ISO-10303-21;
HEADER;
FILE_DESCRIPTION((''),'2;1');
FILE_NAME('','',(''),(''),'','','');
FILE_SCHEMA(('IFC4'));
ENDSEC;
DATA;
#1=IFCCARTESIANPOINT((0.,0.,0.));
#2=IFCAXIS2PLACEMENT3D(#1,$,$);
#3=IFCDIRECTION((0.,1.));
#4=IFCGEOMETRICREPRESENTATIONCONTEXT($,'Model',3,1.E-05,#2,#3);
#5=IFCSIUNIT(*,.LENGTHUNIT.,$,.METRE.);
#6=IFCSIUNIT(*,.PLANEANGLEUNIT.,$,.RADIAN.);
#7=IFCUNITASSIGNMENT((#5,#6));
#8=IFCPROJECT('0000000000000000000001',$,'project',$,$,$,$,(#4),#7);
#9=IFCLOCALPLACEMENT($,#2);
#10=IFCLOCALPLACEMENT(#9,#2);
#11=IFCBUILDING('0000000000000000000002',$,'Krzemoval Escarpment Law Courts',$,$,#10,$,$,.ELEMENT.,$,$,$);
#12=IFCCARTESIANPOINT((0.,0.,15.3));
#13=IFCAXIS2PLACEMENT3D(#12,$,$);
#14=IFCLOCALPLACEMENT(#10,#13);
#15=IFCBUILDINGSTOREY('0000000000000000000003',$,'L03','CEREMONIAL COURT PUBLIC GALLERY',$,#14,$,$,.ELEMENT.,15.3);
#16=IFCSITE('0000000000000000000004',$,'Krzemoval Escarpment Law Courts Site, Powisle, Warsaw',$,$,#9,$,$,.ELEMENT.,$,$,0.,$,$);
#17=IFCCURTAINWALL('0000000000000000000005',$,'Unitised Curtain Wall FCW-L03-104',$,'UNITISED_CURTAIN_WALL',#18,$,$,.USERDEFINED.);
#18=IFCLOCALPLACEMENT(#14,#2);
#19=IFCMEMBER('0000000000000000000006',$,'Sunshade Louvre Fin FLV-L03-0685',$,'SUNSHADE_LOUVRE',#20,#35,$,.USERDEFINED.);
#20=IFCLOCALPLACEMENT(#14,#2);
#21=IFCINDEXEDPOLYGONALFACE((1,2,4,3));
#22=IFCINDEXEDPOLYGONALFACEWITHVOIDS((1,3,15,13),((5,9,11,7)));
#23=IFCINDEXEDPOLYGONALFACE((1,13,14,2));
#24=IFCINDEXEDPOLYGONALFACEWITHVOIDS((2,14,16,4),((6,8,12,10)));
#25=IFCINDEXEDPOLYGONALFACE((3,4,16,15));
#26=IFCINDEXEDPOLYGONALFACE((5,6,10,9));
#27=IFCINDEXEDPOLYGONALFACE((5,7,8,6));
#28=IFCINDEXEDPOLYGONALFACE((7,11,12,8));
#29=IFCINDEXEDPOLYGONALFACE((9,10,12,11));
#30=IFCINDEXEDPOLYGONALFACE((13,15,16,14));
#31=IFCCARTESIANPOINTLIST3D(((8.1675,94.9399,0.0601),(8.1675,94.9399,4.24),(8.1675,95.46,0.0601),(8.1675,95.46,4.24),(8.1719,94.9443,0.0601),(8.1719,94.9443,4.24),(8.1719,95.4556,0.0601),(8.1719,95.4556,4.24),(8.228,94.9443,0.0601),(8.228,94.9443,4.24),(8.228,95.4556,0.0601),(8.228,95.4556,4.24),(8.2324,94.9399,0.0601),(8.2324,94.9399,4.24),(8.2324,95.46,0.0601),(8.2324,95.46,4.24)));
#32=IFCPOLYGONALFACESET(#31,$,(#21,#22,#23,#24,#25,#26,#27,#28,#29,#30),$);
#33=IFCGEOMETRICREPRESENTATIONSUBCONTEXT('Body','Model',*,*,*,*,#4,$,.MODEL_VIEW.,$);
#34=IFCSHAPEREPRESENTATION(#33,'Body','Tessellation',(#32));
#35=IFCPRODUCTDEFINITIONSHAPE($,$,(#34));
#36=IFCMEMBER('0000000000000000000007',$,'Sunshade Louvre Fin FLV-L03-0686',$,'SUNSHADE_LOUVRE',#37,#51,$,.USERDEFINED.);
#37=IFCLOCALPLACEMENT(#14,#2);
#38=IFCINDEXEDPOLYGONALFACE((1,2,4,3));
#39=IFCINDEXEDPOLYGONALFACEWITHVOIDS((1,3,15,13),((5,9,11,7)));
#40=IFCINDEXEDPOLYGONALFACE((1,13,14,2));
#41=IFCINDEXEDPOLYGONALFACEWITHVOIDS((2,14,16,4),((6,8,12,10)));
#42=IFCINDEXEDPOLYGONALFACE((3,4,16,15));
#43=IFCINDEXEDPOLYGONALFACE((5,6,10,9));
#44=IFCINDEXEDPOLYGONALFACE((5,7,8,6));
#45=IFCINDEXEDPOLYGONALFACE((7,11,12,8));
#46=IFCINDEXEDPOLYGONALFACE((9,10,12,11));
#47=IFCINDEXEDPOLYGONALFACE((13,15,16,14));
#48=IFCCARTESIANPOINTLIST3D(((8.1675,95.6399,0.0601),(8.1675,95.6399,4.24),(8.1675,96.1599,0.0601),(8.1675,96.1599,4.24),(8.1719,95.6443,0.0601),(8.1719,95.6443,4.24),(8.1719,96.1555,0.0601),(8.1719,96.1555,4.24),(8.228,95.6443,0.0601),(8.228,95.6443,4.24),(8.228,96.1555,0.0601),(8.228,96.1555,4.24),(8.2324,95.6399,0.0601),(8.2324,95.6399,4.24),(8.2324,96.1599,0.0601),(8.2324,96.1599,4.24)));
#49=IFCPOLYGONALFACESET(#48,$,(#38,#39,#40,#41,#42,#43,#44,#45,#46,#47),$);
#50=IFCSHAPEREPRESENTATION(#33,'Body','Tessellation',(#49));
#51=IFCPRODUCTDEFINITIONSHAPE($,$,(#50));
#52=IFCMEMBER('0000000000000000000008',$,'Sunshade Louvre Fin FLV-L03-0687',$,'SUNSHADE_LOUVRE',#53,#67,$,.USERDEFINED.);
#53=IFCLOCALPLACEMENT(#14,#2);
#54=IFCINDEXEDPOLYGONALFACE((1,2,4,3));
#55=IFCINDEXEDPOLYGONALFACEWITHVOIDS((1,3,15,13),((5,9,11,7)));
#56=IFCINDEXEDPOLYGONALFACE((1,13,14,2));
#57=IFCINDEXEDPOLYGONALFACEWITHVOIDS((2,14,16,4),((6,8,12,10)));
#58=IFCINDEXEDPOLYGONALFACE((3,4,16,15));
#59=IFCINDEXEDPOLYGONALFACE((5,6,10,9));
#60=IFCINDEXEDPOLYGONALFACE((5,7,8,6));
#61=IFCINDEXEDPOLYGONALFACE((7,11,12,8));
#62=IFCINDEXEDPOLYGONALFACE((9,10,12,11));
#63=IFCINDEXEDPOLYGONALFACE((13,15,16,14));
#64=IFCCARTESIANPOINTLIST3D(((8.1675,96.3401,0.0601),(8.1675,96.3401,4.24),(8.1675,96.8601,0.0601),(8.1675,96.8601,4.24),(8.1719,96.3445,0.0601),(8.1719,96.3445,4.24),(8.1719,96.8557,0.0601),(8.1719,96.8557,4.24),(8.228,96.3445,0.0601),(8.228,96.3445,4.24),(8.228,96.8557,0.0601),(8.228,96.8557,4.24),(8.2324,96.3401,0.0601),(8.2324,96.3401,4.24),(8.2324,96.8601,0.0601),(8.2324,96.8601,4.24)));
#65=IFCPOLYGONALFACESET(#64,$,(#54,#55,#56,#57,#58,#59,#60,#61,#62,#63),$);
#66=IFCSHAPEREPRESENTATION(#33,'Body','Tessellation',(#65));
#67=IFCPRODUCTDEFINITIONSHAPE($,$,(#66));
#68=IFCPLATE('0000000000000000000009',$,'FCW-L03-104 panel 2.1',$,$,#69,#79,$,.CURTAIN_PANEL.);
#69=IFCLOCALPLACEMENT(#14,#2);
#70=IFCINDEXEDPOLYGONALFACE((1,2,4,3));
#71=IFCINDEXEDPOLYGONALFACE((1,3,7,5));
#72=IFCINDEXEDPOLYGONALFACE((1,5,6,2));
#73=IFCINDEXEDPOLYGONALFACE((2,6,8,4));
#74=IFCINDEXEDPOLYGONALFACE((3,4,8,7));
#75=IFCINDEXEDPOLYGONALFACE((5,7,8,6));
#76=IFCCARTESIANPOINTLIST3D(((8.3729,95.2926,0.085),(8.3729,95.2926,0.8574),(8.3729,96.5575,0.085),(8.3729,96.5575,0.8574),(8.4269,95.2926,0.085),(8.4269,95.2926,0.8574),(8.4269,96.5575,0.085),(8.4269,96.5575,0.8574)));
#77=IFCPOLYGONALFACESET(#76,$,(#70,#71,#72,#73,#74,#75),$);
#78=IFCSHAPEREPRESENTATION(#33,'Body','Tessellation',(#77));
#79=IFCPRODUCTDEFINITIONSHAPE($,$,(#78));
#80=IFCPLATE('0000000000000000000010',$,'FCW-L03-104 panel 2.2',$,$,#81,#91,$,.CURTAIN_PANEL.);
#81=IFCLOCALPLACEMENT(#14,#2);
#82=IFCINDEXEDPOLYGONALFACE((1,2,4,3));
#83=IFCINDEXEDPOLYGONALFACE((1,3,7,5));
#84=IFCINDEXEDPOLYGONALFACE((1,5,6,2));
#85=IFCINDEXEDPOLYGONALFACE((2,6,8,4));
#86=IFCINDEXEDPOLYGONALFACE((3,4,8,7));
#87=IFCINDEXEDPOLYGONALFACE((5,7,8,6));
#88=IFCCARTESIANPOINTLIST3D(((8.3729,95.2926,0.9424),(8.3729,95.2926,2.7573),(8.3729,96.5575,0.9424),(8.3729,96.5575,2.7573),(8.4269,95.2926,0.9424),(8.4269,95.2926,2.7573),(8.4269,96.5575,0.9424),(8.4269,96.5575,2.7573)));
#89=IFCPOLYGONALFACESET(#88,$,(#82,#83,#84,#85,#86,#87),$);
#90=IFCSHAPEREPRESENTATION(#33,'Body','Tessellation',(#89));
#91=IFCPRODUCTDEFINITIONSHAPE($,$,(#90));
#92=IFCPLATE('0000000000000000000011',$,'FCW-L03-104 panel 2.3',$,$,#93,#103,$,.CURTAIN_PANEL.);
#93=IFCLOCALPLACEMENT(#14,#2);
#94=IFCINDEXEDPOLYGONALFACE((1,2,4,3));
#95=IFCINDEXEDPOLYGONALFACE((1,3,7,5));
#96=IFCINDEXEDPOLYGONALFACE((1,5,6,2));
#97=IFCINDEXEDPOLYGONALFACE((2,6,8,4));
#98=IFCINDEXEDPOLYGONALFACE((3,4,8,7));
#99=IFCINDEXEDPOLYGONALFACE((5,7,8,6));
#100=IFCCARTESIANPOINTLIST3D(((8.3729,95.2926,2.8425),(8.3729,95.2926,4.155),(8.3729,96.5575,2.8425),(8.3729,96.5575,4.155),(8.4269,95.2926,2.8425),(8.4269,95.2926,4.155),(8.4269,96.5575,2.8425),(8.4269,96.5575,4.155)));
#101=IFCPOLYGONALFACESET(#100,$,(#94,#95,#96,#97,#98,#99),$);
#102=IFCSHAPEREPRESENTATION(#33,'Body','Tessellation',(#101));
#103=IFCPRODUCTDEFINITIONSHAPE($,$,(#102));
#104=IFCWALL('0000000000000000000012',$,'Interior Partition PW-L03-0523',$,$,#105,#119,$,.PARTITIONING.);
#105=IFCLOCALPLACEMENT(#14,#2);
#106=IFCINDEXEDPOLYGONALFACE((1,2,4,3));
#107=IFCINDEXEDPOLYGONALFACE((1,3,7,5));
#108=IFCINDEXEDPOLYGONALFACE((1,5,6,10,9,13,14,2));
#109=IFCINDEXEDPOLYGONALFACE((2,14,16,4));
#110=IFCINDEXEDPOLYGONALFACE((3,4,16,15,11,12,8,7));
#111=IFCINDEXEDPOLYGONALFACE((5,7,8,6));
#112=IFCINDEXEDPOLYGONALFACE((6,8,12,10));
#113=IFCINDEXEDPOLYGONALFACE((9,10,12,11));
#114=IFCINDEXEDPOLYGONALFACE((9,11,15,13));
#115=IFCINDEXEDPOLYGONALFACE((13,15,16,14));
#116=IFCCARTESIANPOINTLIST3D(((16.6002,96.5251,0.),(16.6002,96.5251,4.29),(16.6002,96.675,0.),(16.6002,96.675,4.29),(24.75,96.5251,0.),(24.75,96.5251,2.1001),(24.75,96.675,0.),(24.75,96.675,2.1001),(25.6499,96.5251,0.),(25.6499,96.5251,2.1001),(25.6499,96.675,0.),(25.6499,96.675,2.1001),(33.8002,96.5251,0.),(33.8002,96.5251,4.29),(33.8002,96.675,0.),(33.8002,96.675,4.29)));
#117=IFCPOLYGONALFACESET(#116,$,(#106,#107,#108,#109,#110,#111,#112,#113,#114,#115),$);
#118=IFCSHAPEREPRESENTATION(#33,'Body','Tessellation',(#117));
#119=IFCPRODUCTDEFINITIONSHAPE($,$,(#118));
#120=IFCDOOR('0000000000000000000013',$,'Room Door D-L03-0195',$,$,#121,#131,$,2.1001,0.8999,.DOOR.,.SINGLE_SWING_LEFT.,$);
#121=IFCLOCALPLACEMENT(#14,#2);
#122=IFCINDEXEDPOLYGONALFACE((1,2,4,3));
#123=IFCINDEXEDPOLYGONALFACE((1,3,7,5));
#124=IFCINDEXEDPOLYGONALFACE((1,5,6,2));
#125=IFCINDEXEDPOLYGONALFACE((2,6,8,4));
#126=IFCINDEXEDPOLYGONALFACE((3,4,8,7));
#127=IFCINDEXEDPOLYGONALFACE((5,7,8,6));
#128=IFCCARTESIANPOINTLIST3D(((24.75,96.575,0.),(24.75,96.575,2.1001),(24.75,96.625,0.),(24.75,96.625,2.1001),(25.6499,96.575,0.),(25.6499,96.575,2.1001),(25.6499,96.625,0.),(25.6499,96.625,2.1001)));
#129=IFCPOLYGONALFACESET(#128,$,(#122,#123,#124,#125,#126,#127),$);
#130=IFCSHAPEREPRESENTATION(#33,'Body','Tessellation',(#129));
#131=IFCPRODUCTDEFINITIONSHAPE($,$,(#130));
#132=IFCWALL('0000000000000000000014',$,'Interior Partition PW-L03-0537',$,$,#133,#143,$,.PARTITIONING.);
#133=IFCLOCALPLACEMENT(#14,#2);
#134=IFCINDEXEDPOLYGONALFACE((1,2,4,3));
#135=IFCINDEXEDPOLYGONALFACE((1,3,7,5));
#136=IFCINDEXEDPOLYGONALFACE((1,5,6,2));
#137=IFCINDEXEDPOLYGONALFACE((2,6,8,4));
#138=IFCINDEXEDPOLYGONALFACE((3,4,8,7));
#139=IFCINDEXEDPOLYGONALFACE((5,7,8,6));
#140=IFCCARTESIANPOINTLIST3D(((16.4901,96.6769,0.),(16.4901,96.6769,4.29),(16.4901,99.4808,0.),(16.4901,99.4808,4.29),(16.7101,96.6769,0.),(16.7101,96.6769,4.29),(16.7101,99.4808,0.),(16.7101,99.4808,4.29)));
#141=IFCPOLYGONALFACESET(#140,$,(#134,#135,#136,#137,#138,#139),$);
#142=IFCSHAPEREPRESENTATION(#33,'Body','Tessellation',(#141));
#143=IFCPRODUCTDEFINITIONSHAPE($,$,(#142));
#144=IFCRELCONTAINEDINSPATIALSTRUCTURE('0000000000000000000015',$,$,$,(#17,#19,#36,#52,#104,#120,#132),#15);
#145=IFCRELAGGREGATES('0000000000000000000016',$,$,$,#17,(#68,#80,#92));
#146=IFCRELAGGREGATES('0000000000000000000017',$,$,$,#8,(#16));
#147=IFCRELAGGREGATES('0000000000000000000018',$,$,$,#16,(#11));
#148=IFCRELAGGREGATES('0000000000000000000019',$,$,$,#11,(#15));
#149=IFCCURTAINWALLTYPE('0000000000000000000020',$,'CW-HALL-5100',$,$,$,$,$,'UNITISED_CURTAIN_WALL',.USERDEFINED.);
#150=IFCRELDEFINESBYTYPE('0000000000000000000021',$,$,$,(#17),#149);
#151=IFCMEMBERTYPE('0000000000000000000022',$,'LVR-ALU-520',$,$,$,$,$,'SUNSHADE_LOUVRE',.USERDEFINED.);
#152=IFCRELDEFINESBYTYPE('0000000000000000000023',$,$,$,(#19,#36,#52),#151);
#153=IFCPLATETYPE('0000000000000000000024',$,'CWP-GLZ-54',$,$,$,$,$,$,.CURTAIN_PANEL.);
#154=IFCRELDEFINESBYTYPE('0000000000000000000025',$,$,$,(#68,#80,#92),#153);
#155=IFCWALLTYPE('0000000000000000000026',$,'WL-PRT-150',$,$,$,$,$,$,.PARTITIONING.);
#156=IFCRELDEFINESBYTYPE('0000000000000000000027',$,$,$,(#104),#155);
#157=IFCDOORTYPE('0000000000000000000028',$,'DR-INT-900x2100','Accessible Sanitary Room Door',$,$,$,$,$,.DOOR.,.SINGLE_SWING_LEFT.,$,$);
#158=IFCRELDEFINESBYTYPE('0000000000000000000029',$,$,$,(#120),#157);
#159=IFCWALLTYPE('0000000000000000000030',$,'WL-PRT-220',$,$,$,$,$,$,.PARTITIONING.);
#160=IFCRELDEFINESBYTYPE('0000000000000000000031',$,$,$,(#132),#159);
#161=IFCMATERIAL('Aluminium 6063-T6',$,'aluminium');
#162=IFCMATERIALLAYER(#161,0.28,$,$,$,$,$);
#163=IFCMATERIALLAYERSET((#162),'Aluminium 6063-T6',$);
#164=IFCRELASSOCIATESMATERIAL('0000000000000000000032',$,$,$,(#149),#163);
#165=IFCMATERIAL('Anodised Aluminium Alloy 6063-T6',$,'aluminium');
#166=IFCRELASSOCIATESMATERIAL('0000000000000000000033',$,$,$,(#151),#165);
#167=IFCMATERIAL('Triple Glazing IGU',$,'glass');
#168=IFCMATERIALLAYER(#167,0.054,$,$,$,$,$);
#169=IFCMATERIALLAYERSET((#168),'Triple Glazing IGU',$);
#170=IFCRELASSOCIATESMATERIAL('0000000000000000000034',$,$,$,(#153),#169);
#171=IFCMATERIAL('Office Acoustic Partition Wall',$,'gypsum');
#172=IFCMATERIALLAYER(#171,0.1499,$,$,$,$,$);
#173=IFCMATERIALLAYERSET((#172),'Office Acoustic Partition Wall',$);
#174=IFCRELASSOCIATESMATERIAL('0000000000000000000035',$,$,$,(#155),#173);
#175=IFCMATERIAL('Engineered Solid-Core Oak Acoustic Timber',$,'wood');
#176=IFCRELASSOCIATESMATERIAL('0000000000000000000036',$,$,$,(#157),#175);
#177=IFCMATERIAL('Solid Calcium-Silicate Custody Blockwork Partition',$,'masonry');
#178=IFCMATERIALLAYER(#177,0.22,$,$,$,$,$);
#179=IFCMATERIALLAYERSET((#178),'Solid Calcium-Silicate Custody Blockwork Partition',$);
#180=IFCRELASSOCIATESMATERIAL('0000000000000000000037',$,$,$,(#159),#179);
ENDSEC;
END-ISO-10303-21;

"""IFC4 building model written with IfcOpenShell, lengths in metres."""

from ifc_helpers import new_model, si_unit, direction, frame, frame_2d, origin, origin_2d, place, context, subcontext, project, spatial, rectangle, hollow_rectangle, extrude, material, layer, layer_set, material_profile, profile_set, type_object, element, fill, aggregate, save


model = new_model("IFC4")

# Units and contexts
model_context = context("Model", 3, precision=1e-05, world=origin(), true_north=direction((0.0, 1.0)))
body_context = subcontext(model_context, "Body", "Model", "MODEL_VIEW")
ifc_project = project(units=[si_unit("LENGTHUNIT", "METRE"), si_unit("PLANEANGLEUNIT", "RADIAN")], contexts=[model_context])

# Site, building, storey
site_placement = place(None, origin())
site = spatial("IfcSite", under=ifc_project, at=site_placement, Name="Krzemoval Escarpment Law Courts Site, Powisle, Warsaw", CompositionType="ELEMENT", RefElevation=0.0)
building_placement = place(site_placement, origin())
building = spatial("IfcBuilding", under=site, at=building_placement, Name="Krzemoval Escarpment Law Courts", CompositionType="ELEMENT")
storey_placement = place(building_placement, frame((0.0, 0.0, 15.3)))
storey = spatial("IfcBuildingStorey", under=building, at=storey_placement, Name="L03", Description="CEREMONIAL COURT PUBLIC GALLERY", CompositionType="ELEMENT", Elevation=15.3)

# Curtain wall
ifc_material_1 = material(Name="Aluminium 6063-T6", Category="aluminium")
ifc_layer_1 = layer(ifc_material_1, 0.28)
ifc_layer_set_1 = layer_set([ifc_layer_1], Name="Aluminium 6063-T6")
curtain_wall_type = type_object("IfcCurtainWallType", Name="CW-HALL-5100", ElementType="UNITISED_CURTAIN_WALL", PredefinedType="USERDEFINED", material=ifc_layer_set_1)
curtain_wall_placement = place(storey_placement, origin())
curtain_wall = element("IfcCurtainWall", 1, at=curtain_wall_placement, inside=storey, type_object=curtain_wall_type, Name="Unitised Curtain Wall FCW-L03-104", ObjectType="UNITISED_CURTAIN_WALL", PredefinedType="USERDEFINED")

# Members
ifc_material_2 = material(Name="Anodised Aluminium Alloy 6063-T6", Category="aluminium")
ifc_material_profile_1 = material_profile(ifc_material_2, hollow_rectangle(XDim=0.0649, YDim=0.52, WallThickness=0.0044, at=origin_2d()), Name="ALU LVR 65x520")
ifc_profile_set_1 = profile_set([ifc_material_profile_1], Name="Anodised Aluminium Alloy 6063-T6")
member_type_1 = type_object("IfcMemberType", Name="LVR-ALU-520", ElementType="SUNSHADE_LOUVRE", PredefinedType="USERDEFINED", material=ifc_profile_set_1)
for number, where, z_axis, x_axis, name in (
    (2, (8.2, 95.2, 0.0601), (0.0, 0.0, 1.0), (1.0, 0.0, 0.0), "Sunshade Louvre Fin FLV-L03-0685"),
    (3, (8.2, 95.8999, 0.0601), (0.0, 0.0, 1.0), (1.0, 0.0, 0.0), "Sunshade Louvre Fin FLV-L03-0686"),
    (4, (8.2, 96.6001, 0.0601), (0.0, 0.0, 1.0), (1.0, 0.0, 0.0), "Sunshade Louvre Fin FLV-L03-0687"),
):
    element("IfcMember", number, at=place(storey_placement, frame(where, z_axis=z_axis, x_axis=x_axis)), inside=storey, type_object=member_type_1, Name=name, ObjectType="SUNSHADE_LOUVRE", PredefinedType="USERDEFINED", context=body_context, shape_type="SweptSolid", body=[
        extrude(hollow_rectangle(XDim=0.0649, YDim=0.52, WallThickness=0.0044, at=origin_2d()), origin(), (0.0, 0.0, 1.0), 4.1799),
    ])

# Plates
ifc_material_3 = material(Name="Triple Glazing IGU", Category="glass")
ifc_layer_2 = layer(ifc_material_3, 0.054)
ifc_layer_set_2 = layer_set([ifc_layer_2], Name="Triple Glazing IGU")
plate_type = type_object("IfcPlateType", Name="CWP-GLZ-54", PredefinedType="CURTAIN_PANEL", material=ifc_layer_set_2)
plate_1_placement = place(storey_placement, frame((8.3999, 95.925, 0.085), z_axis=(0.0, 0.0, 1.0), x_axis=(0.0, 1.0, 0.0)))
plate_1 = element("IfcPlate", 5, at=plate_1_placement, type_object=plate_type, Name="FCW-L03-104 panel 2.1", PredefinedType="CURTAIN_PANEL", context=body_context, shape_type="SweptSolid", body=[
    extrude(rectangle(XDim=1.2649, YDim=0.054, at=origin_2d()), origin(), (0.0, 0.0, 1.0), 0.7725),
])
plate_2_placement = place(storey_placement, frame((8.3999, 95.925, 0.9424), z_axis=(0.0, 0.0, 1.0), x_axis=(0.0, 1.0, 0.0)))
plate_2 = element("IfcPlate", 6, at=plate_2_placement, type_object=plate_type, Name="FCW-L03-104 panel 2.2", PredefinedType="CURTAIN_PANEL", context=body_context, shape_type="SweptSolid", body=[
    extrude(rectangle(XDim=1.2649, YDim=0.054, at=origin_2d()), origin(), (0.0, 0.0, 1.0), 1.8149),
])
plate_3_placement = place(storey_placement, frame((8.3999, 95.925, 2.8425), z_axis=(0.0, 0.0, 1.0), x_axis=(0.0, 1.0, 0.0)))
plate_3 = element("IfcPlate", 7, at=plate_3_placement, type_object=plate_type, Name="FCW-L03-104 panel 2.3", PredefinedType="CURTAIN_PANEL", context=body_context, shape_type="SweptSolid", body=[
    extrude(rectangle(XDim=1.2649, YDim=0.054, at=origin_2d()), origin(), (0.0, 0.0, 1.0), 1.3125),
])
aggregate(curtain_wall, [plate_1, plate_2, plate_3])

# Wall, opening, door
ifc_material_4 = material(Name="Office Acoustic Partition Wall", Category="gypsum")
ifc_layer_3 = layer(ifc_material_4, 0.1499)
ifc_layer_set_3 = layer_set([ifc_layer_3], Name="Office Acoustic Partition Wall")
wall_type_1 = type_object("IfcWallType", Name="WL-PRT-150", PredefinedType="PARTITIONING", material=ifc_layer_set_3)
wall_1_placement = place(storey_placement, frame((16.6001, 96.6001, 0.0), z_axis=(0.0, 0.0, 1.0), x_axis=(1.0, 0.0, 0.0)))
wall_1 = element("IfcWall", 8, at=wall_1_placement, inside=storey, type_object=wall_type_1, Name="Interior Partition PW-L03-0523", PredefinedType="PARTITIONING", context=body_context, shape_type="SweptSolid", body=[
    extrude(rectangle(XDim=17.2, YDim=0.1499, at=frame_2d((8.6001, 0.0))), origin(), (0.0, 0.0, 1.0), 4.29),
])
opening_placement = place(wall_1_placement, frame((8.1499, 0.0, 0.0)))
opening = element("IfcOpeningElement", 9, at=opening_placement, cuts=wall_1, PredefinedType="OPENING", context=body_context, shape_type="SweptSolid", body=[
    extrude(rectangle(XDim=0.8999, YDim=2.1001, at=frame_2d((0.45, 1.05))), frame((0.0, 0.09, 0.0), z_axis=(0.0, -1.0, 0.0), x_axis=(1.0, 0.0, 0.0)), (0.0, 0.0, 1.0), 0.1799),
])
ifc_material_5 = material(Name="Engineered Solid-Core Oak Acoustic Timber", Category="wood")
door_type = type_object("IfcDoorType", Name="DR-INT-900x2100", Description="Accessible Sanitary Room Door", OperationType="SINGLE_SWING_LEFT", PredefinedType="DOOR", material=ifc_material_5)
door_placement = place(opening_placement, origin())
door = element("IfcDoor", 10, at=door_placement, inside=storey, type_object=door_type, Name="Room Door D-L03-0195", OperationType="SINGLE_SWING_LEFT", OverallHeight=2.1001, OverallWidth=0.8999, PredefinedType="DOOR", context=body_context, shape_type="SweptSolid", body=[
    extrude(rectangle(XDim=0.8999, YDim=2.1001, at=frame_2d((0.45, 1.05))), frame((0.0, 0.0249, 0.0), z_axis=(0.0, -1.0, 0.0), x_axis=(1.0, 0.0, 0.0)), (0.0, 0.0, 1.0), 0.05),
])
fill(opening, door)

# Wall
ifc_material_6 = material(Name="Solid Calcium-Silicate Custody Blockwork Partition", Category="masonry")
ifc_layer_4 = layer(ifc_material_6, 0.22)
ifc_layer_set_4 = layer_set([ifc_layer_4], Name="Solid Calcium-Silicate Custody Blockwork Partition")
wall_type_2 = type_object("IfcWallType", Name="WL-PRT-220", PredefinedType="PARTITIONING", material=ifc_layer_set_4)
wall_2_placement = place(storey_placement, frame((16.6001, 96.677, 0.0), z_axis=(0.0, 0.0, 1.0), x_axis=(0.0, 1.0, 0.0)))
element("IfcWall", 11, at=wall_2_placement, inside=storey, type_object=wall_type_2, Name="Interior Partition PW-L03-0537", PredefinedType="PARTITIONING", context=body_context, shape_type="SweptSolid", body=[
    extrude(rectangle(XDim=2.804, YDim=0.22, at=frame_2d((1.4019, 0.0))), origin(), (0.0, 0.0, 1.0), 4.29),
])

save(model, "model.ifc")
